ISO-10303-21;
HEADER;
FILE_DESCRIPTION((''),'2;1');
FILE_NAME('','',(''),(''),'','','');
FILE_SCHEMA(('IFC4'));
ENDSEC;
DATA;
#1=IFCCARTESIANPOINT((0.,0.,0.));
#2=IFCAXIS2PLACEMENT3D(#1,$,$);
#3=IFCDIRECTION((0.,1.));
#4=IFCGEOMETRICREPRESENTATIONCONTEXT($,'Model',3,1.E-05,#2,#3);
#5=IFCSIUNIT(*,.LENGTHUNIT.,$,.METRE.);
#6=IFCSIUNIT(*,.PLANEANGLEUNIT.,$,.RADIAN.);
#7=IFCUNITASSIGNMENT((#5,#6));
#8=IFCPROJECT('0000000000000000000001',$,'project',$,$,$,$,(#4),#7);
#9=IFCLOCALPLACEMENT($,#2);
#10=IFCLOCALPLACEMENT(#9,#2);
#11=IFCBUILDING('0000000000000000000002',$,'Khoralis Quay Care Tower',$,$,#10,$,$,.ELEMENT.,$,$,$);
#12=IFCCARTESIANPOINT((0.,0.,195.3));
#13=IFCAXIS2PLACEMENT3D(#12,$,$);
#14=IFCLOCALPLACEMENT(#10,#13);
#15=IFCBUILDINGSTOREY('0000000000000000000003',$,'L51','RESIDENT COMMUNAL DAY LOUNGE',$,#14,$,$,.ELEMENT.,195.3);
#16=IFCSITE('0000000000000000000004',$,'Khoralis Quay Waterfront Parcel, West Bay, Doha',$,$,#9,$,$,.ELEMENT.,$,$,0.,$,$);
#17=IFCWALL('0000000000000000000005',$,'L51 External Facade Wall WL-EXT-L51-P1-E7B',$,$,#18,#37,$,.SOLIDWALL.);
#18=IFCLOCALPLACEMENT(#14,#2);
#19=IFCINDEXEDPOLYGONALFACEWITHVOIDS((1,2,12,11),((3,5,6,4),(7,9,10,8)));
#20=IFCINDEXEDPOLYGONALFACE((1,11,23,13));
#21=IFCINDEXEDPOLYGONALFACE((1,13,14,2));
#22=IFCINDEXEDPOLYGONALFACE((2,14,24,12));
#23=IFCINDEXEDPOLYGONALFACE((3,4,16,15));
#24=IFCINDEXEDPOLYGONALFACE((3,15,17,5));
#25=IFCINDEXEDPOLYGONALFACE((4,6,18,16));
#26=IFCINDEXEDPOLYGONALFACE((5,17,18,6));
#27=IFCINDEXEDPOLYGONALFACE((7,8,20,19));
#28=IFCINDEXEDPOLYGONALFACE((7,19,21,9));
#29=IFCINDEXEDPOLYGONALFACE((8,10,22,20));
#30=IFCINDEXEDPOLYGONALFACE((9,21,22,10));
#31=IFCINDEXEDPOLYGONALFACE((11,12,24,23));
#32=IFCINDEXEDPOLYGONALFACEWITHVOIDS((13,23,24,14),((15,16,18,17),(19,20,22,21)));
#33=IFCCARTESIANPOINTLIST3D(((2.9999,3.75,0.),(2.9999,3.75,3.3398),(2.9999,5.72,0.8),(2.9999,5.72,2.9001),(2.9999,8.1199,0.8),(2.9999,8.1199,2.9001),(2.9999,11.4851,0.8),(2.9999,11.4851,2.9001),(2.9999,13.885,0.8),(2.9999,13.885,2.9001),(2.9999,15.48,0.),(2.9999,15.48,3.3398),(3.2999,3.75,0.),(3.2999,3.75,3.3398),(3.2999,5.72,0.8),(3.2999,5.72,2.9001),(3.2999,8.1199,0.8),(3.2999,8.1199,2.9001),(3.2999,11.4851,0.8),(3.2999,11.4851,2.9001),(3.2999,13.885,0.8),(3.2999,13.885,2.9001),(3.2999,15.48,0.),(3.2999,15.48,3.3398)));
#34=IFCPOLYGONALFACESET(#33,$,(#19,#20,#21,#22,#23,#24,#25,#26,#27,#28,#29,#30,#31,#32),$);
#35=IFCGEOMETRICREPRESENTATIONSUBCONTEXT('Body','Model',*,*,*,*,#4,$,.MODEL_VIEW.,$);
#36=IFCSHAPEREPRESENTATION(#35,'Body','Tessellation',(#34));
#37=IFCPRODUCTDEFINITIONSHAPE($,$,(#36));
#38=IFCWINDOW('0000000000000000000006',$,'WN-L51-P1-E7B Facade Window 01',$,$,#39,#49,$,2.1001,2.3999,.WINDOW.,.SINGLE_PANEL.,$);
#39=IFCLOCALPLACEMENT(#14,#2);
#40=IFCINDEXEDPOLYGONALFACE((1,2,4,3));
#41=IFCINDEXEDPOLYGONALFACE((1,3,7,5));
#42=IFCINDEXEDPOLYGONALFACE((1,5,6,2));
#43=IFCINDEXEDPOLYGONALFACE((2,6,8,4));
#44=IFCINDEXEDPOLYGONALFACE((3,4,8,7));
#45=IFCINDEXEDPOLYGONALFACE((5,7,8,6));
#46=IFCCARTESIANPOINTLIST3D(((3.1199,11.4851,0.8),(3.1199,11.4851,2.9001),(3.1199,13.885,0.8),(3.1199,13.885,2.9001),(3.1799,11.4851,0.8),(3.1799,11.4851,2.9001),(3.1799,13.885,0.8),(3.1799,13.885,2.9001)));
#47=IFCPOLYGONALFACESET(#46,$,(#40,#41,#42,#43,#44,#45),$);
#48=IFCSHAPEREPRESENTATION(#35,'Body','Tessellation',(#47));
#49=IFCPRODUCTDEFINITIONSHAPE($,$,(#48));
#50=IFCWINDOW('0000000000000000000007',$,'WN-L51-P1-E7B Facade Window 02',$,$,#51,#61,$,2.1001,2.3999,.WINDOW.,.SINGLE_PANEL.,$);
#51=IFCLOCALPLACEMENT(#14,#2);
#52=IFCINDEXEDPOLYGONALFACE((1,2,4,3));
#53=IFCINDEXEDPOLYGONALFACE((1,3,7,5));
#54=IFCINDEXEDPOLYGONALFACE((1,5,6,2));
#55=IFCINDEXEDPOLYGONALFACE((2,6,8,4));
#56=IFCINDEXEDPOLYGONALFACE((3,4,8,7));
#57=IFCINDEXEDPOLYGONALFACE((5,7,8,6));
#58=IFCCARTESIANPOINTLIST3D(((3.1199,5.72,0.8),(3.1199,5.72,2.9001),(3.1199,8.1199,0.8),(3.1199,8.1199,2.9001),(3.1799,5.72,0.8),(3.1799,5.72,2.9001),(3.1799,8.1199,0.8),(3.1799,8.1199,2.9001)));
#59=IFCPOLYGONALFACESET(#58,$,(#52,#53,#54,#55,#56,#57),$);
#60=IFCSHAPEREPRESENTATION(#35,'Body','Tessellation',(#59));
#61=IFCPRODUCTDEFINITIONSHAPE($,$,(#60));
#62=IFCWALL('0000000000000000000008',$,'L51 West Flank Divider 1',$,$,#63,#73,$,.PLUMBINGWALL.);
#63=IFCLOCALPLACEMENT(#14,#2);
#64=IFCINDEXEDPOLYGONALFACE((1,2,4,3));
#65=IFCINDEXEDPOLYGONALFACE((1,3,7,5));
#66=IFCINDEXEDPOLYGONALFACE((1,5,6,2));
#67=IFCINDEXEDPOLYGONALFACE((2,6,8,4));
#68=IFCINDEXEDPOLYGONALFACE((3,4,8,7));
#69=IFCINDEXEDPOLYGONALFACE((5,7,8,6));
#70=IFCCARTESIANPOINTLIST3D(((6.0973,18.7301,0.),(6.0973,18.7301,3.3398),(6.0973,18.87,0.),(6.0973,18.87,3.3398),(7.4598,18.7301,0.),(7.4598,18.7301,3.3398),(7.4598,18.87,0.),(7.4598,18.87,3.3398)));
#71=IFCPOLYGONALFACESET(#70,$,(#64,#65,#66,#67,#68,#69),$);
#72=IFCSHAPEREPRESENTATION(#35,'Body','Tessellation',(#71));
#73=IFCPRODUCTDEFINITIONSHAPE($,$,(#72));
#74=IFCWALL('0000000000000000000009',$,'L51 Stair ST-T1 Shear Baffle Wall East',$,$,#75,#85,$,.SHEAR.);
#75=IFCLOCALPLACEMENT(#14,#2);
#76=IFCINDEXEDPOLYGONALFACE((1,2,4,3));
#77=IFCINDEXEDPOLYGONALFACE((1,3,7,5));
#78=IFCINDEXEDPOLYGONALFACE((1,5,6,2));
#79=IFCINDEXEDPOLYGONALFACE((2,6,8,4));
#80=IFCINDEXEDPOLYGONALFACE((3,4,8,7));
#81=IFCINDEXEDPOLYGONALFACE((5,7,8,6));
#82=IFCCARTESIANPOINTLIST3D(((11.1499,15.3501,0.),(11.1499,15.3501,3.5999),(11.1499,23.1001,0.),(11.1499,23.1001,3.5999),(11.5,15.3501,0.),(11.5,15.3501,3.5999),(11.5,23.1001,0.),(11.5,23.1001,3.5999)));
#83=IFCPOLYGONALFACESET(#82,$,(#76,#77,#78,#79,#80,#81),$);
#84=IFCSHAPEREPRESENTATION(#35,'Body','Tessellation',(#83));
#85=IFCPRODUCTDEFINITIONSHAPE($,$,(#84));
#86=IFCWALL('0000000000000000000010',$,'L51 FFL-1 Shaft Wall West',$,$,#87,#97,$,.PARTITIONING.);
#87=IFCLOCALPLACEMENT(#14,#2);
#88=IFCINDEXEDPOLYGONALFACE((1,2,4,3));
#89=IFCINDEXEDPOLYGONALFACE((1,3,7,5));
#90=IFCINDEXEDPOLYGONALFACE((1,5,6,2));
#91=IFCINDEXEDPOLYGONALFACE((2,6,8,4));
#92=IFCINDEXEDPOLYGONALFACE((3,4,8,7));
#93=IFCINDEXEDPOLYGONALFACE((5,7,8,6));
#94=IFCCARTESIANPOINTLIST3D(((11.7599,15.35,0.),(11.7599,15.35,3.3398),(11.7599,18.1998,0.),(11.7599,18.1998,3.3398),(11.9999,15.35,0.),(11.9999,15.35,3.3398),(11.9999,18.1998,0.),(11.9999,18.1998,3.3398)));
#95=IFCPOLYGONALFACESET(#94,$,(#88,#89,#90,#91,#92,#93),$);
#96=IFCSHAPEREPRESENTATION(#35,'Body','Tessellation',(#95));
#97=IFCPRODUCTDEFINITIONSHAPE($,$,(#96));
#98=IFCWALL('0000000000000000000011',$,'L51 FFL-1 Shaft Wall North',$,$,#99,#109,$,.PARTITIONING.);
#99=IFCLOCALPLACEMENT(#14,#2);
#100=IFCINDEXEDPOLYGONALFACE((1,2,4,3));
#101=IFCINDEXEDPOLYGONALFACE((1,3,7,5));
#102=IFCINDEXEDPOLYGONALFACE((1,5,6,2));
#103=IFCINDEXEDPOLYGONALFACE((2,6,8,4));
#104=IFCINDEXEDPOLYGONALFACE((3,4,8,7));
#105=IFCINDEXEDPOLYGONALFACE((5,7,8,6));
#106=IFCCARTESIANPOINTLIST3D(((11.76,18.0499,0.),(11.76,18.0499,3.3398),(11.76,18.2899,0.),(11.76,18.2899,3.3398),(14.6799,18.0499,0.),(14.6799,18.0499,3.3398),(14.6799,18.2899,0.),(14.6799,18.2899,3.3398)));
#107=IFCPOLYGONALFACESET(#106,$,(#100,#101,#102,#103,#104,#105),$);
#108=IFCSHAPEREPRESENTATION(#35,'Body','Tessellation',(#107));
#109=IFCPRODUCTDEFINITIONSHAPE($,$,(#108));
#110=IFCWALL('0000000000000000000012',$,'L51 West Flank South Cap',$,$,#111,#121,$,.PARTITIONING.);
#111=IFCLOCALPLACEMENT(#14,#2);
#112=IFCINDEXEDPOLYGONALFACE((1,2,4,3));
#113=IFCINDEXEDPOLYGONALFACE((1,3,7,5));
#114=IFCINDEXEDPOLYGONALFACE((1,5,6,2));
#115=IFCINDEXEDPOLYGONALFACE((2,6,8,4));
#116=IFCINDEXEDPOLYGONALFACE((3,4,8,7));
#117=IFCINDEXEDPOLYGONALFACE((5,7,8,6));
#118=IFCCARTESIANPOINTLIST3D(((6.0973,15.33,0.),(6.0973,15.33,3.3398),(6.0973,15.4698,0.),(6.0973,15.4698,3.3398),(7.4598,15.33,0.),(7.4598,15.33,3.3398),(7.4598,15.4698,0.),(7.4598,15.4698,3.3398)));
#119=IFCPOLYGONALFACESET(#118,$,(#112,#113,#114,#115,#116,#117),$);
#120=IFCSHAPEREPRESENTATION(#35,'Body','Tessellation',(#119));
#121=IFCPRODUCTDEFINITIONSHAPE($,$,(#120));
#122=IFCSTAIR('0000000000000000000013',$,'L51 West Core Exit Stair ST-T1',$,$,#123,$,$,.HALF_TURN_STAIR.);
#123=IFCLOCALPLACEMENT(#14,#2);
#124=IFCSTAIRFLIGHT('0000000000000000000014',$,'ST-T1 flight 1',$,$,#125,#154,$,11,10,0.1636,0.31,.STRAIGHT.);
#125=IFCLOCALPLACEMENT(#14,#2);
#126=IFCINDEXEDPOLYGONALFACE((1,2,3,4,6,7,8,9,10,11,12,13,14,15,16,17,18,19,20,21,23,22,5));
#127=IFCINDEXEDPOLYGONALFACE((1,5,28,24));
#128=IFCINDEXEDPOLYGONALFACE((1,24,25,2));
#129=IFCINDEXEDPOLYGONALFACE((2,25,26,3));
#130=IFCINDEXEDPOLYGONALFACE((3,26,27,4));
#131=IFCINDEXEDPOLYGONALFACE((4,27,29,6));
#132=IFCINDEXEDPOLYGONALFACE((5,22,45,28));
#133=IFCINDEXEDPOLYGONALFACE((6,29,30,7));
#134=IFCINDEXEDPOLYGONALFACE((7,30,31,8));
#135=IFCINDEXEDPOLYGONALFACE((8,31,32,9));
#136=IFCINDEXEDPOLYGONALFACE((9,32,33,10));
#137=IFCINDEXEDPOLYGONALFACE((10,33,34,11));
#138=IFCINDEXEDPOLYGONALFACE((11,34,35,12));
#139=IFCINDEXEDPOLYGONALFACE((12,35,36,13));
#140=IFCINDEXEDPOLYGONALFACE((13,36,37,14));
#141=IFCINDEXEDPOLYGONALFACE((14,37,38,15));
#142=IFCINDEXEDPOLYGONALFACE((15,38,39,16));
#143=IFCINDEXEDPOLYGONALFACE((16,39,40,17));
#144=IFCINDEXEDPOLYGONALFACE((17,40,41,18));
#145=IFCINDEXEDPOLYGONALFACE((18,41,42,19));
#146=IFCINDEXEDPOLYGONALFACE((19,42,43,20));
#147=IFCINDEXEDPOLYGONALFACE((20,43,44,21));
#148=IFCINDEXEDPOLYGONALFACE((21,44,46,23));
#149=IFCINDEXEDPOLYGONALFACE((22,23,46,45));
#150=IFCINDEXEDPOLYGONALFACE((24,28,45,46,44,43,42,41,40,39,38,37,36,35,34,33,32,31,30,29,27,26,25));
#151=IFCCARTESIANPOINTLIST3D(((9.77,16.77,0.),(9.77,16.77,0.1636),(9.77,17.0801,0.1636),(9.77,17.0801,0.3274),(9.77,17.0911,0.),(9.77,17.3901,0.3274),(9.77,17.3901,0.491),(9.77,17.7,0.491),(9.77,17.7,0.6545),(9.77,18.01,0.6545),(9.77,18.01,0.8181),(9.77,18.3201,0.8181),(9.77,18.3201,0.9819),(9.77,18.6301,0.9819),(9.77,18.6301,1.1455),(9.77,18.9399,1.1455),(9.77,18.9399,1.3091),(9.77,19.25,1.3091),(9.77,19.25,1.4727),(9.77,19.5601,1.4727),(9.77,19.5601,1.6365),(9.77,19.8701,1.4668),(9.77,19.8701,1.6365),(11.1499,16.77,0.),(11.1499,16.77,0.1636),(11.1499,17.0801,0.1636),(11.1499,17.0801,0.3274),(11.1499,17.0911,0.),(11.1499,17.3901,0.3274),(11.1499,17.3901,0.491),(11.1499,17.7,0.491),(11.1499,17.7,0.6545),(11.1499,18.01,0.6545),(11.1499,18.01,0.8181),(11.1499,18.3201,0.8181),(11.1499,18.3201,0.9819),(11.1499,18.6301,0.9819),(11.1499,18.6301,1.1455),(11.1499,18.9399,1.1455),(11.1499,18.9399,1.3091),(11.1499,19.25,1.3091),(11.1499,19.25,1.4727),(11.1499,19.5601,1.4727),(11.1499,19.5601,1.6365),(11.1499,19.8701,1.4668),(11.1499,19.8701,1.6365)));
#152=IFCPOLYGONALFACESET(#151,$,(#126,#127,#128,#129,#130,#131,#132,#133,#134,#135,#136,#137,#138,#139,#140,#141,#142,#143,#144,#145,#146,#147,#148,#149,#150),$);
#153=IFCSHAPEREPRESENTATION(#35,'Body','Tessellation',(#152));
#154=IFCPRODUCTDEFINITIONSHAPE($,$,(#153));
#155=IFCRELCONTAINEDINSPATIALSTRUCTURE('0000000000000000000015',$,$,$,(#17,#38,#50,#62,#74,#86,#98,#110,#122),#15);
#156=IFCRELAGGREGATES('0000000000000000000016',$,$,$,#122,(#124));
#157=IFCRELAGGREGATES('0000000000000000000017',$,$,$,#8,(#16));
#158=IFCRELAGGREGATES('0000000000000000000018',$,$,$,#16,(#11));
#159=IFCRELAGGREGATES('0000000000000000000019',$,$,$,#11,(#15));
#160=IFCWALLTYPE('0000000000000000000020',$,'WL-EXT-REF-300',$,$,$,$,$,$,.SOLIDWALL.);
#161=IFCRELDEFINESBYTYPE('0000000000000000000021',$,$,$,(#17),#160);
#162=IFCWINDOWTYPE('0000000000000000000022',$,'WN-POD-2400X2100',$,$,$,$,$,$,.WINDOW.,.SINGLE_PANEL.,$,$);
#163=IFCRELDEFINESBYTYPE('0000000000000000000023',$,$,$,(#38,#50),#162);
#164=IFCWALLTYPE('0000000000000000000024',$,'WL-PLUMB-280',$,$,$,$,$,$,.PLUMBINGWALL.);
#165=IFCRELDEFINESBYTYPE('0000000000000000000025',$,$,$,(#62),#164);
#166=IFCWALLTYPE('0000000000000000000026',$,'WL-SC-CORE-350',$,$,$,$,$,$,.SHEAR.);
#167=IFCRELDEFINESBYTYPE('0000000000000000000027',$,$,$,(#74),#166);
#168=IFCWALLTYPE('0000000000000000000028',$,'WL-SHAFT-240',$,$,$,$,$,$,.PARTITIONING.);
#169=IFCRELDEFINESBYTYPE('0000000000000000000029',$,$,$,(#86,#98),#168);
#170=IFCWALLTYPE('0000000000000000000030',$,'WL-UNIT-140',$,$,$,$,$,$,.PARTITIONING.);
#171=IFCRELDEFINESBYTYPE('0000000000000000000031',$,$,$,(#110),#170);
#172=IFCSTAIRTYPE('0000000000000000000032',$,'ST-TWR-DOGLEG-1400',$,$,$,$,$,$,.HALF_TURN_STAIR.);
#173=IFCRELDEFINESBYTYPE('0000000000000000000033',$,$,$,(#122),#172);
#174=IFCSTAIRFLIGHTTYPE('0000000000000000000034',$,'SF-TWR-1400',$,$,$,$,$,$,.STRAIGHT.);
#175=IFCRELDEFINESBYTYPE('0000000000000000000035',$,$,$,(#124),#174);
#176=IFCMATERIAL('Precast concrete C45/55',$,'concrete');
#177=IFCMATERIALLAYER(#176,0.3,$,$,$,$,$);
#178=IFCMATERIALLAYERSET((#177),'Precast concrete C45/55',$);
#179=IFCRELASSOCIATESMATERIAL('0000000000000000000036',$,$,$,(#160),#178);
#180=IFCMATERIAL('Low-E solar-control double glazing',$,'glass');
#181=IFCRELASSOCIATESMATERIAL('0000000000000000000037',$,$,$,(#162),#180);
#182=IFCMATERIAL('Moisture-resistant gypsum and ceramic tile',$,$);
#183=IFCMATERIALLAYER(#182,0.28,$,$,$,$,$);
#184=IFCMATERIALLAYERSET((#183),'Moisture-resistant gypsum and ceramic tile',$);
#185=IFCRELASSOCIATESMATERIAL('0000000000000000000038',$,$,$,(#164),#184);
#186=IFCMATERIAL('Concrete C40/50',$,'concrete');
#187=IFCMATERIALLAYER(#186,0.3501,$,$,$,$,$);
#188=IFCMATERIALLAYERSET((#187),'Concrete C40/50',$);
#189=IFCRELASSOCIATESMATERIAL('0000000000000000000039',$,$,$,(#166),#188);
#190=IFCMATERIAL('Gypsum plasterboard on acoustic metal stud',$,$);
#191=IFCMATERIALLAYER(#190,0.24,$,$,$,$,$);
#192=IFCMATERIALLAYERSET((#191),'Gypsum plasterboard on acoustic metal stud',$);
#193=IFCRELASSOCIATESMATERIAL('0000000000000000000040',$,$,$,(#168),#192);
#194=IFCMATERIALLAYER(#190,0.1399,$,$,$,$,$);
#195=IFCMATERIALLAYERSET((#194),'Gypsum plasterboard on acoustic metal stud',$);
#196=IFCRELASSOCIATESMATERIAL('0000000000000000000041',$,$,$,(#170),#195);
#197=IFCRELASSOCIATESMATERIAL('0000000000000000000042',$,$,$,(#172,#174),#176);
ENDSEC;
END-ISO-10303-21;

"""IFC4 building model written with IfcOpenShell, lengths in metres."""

from ifc_helpers import new_model, si_unit, direction, frame, frame_2d, origin, place, context, subcontext, project, spatial, polyline, rectangle, outline, extrude, source, transform, mapped, material, layer, layer_set, type_object, element, fill, aggregate, save


model = new_model("IFC4")

# Units and contexts
model_context = context("Model", 3, precision=1e-05, world=origin(), true_north=direction((0.0, 1.0)))
body_context = subcontext(model_context, "Body", "Model", "MODEL_VIEW")
ifc_project = project(units=[si_unit("LENGTHUNIT", "METRE"), si_unit("PLANEANGLEUNIT", "RADIAN")], contexts=[model_context])

# Site, building, storey
site_placement = place(None, origin())
site = spatial("IfcSite", under=ifc_project, at=site_placement, Name="Khoralis Quay Waterfront Parcel, West Bay, Doha", CompositionType="ELEMENT", RefElevation=0.0)
building_placement = place(site_placement, origin())
building = spatial("IfcBuilding", under=site, at=building_placement, Name="Khoralis Quay Care Tower", CompositionType="ELEMENT")
storey_placement = place(building_placement, frame((0.0, 0.0, 195.3)))
storey = spatial("IfcBuildingStorey", under=building, at=storey_placement, Name="L51", Description="RESIDENT COMMUNAL DAY LOUNGE", CompositionType="ELEMENT", Elevation=195.3)

# Shared definitions
ifc_material_1 = material(Name="Low-E solar-control double glazing", Category="glass")

# Shared definitions
ifc_material_2 = material(Name="Gypsum plasterboard on acoustic metal stud")

# Wall, openings, windows
ifc_material_3 = material(Name="Precast concrete C45/55", Category="concrete")
ifc_layer_1 = layer(ifc_material_3, 0.3)
ifc_layer_set_1 = layer_set([ifc_layer_1], Name="Precast concrete C45/55")
wall_type_1 = type_object("IfcWallType", Name="WL-EXT-REF-300", PredefinedType="SOLIDWALL", material=ifc_layer_set_1)
wall_1_placement = place(storey_placement, frame((3.1499, 15.48, 0.0), z_axis=(0.0, 0.0, 1.0), x_axis=(0.0, -1.0, 0.0)))
wall_1 = element("IfcWall", 1, at=wall_1_placement, inside=storey, type_object=wall_type_1, Name="L51 External Facade Wall WL-EXT-L51-P1-E7B", PredefinedType="SOLIDWALL", context=body_context, shape_type="SweptSolid", body=[
    extrude(rectangle(XDim=11.73, YDim=0.3, at=frame_2d((5.865, 0.0))), origin(), (0.0, 0.0, 1.0), 3.3398),
])
opening_1_placement = place(wall_1_placement, frame((1.595, 0.0, 0.8)))
opening_1 = element("IfcOpeningElement", 2, at=opening_1_placement, cuts=wall_1, PredefinedType="OPENING", context=body_context, shape_type="SweptSolid", body=[
    extrude(rectangle(XDim=2.3999, YDim=2.1001, at=frame_2d((1.2, 1.05))), frame((0.0, 0.1602, 0.0), z_axis=(0.0, -1.0, 0.0), x_axis=(1.0, 0.0, 0.0)), (0.0, 0.0, 1.0), 0.3201),
])
opening_2_placement = place(wall_1_placement, frame((7.3601, 0.0, 0.8)))
opening_2 = element("IfcOpeningElement", 3, at=opening_2_placement, cuts=wall_1, PredefinedType="OPENING", context=body_context, shape_type="SweptSolid", body=[
    extrude(rectangle(XDim=2.3999, YDim=2.1001, at=frame_2d((1.2, 1.05))), frame((0.0, 0.1602, 0.0), z_axis=(0.0, -1.0, 0.0), x_axis=(1.0, 0.0, 0.0)), (0.0, 0.0, 1.0), 0.3201),
])
window_type = type_object("IfcWindowType", Name="WN-POD-2400X2100", PartitioningType="SINGLE_PANEL", PredefinedType="WINDOW", material=ifc_material_1)
shared_shape_1 = source(origin(), body_context, "Body", "SweptSolid", [
    extrude(rectangle(XDim=2.3999, YDim=2.1001, at=frame_2d((1.2, 1.05))), frame((0.0, 0.03, 0.0), z_axis=(0.0, -1.0, 0.0), x_axis=(1.0, 0.0, 0.0)), (0.0, 0.0, 1.0), 0.0601),
])
window_1_placement = place(opening_1_placement, origin())
window_1 = element("IfcWindow", 4, at=window_1_placement, inside=storey, type_object=window_type, Name="WN-L51-P1-E7B Facade Window 01", OverallHeight=2.1001, OverallWidth=2.3999, PartitioningType="SINGLE_PANEL", PredefinedType="WINDOW", context=body_context, shape_type="MappedRepresentation", body=[
    mapped(shared_shape_1, transform((0.0, 0.0, 0.0), scale=1.0)),
])
fill(opening_1, window_1)
window_2_placement = place(opening_2_placement, origin())
window_2 = element("IfcWindow", 5, at=window_2_placement, inside=storey, type_object=window_type, Name="WN-L51-P1-E7B Facade Window 02", OverallHeight=2.1001, OverallWidth=2.3999, PartitioningType="SINGLE_PANEL", PredefinedType="WINDOW", context=body_context, shape_type="MappedRepresentation", body=[
    mapped(shared_shape_1, transform((0.0, 0.0, 0.0), scale=1.0)),
])
fill(opening_2, window_2)

# Walls
ifc_material_4 = material(Name="Moisture-resistant gypsum and ceramic tile")
ifc_layer_2 = layer(ifc_material_4, 0.28)
ifc_layer_set_2 = layer_set([ifc_layer_2], Name="Moisture-resistant gypsum and ceramic tile")
wall_type_2 = type_object("IfcWallType", Name="WL-PLUMB-280", PredefinedType="PLUMBINGWALL", material=ifc_layer_set_2)
wall_2_placement = place(storey_placement, frame((6.0974, 18.8, 0.0), z_axis=(0.0, 0.0, 1.0), x_axis=(1.0, 0.0, 0.0)))
element("IfcWall", 6, at=wall_2_placement, inside=storey, type_object=wall_type_2, Name="L51 West Flank Divider 1", PredefinedType="PLUMBINGWALL", context=body_context, shape_type="SweptSolid", body=[
    extrude(rectangle(XDim=1.3625, YDim=0.1399, at=frame_2d((0.6812, 0.0))), origin(), (0.0, 0.0, 1.0), 3.3398),
])
ifc_material_5 = material(Name="Concrete C40/50", Category="concrete")
ifc_layer_3 = layer(ifc_material_5, 0.3501)
ifc_layer_set_3 = layer_set([ifc_layer_3], Name="Concrete C40/50")
wall_type_3 = type_object("IfcWallType", Name="WL-SC-CORE-350", PredefinedType="SHEAR", material=ifc_layer_set_3)
wall_3_placement = place(storey_placement, frame((11.325, 15.3501, 0.0), z_axis=(0.0, 0.0, 1.0), x_axis=(0.0, 1.0, 0.0)))
element("IfcWall", 7, at=wall_3_placement, inside=storey, type_object=wall_type_3, Name="L51 Stair ST-T1 Shear Baffle Wall East", PredefinedType="SHEAR", context=body_context, shape_type="SweptSolid", body=[
    extrude(rectangle(XDim=7.75, YDim=0.3501, at=frame_2d((3.875, 0.0))), origin(), (0.0, 0.0, 1.0), 3.5999),
])
ifc_layer_4 = layer(ifc_material_2, 0.24)
ifc_layer_set_4 = layer_set([ifc_layer_4], Name="Gypsum plasterboard on acoustic metal stud")
wall_type_4 = type_object("IfcWallType", Name="WL-SHAFT-240", PredefinedType="PARTITIONING", material=ifc_layer_set_4)
wall_4_placement = place(storey_placement, frame((11.8799, 15.3501, 0.0), z_axis=(0.0, 0.0, 1.0), x_axis=(0.0, 1.0, 0.0)))
element("IfcWall", 8, at=wall_4_placement, inside=storey, type_object=wall_type_4, Name="L51 FFL-1 Shaft Wall West", PredefinedType="PARTITIONING", context=body_context, shape_type="SweptSolid", body=[
    extrude(rectangle(XDim=2.8499, YDim=0.24, at=frame_2d((1.4248, 0.0))), origin(), (0.0, 0.0, 1.0), 3.3398),
])
wall_5_placement = place(storey_placement, frame((11.76, 18.1699, 0.0), z_axis=(0.0, 0.0, 1.0), x_axis=(1.0, 0.0, 0.0)))
element("IfcWall", 9, at=wall_5_placement, inside=storey, type_object=wall_type_4, Name="L51 FFL-1 Shaft Wall North", PredefinedType="PARTITIONING", context=body_context, shape_type="SweptSolid", body=[
    extrude(rectangle(XDim=2.9199, YDim=0.24, at=frame_2d((1.46, 0.0))), origin(), (0.0, 0.0, 1.0), 3.3398),
])
ifc_layer_5 = layer(ifc_material_2, 0.1399)
ifc_layer_set_5 = layer_set([ifc_layer_5], Name="Gypsum plasterboard on acoustic metal stud")
wall_type_5 = type_object("IfcWallType", Name="WL-UNIT-140", PredefinedType="PARTITIONING", material=ifc_layer_set_5)
wall_6_placement = place(storey_placement, frame((6.0974, 15.3999, 0.0), z_axis=(0.0, 0.0, 1.0), x_axis=(1.0, 0.0, 0.0)))
element("IfcWall", 10, at=wall_6_placement, inside=storey, type_object=wall_type_5, Name="L51 West Flank South Cap", PredefinedType="PARTITIONING", context=body_context, shape_type="SweptSolid", body=[
    extrude(rectangle(XDim=1.3625, YDim=0.1399, at=frame_2d((0.6812, 0.0))), origin(), (0.0, 0.0, 1.0), 3.3398),
])

# Stair, stair flight
stair_type = type_object("IfcStairType", Name="ST-TWR-DOGLEG-1400", PredefinedType="HALF_TURN_STAIR", material=ifc_material_3)
stair_placement = place(storey_placement, origin())
stair = element("IfcStair", 11, at=stair_placement, inside=storey, type_object=stair_type, Name="L51 West Core Exit Stair ST-T1", PredefinedType="HALF_TURN_STAIR")
stair_flight_type = type_object("IfcStairFlightType", Name="SF-TWR-1400", PredefinedType="STRAIGHT", material=ifc_material_3)
shared_shape_2 = source(origin(), body_context, "Body", "SweptSolid", [
    extrude(outline(polyline([(0.0, 0.0), (0.0, 0.1636), (0.3101, 0.1636), (0.3101, 0.3274), (0.6201, 0.3274), (0.6201, 0.491), (0.9299, 0.491), (0.9299, 0.6545), (1.24, 0.6545), (1.24, 0.8181), (1.55, 0.8181), (1.55, 0.9819), (1.8601, 0.9819), (1.8601, 1.1455), (2.1699, 1.1455), (2.1699, 1.3091), (2.48, 1.3091), (2.48, 1.4727), (2.79, 1.4727), (2.79, 1.6365), (3.1001, 1.6365), (3.1001, 1.8), (3.1001, 1.4668), (0.321, 0.0), (0.0, 0.0)])), frame((0.0, 0.6899, 0.0), z_axis=(0.0, -1.0, 0.0), x_axis=(1.0, 0.0, 0.0)), (0.0, 0.0, 1.0), 1.3799),
])
stair_flight_placement = place(storey_placement, frame((10.46, 16.77, 0.0), z_axis=(0.0, 0.0, 1.0), x_axis=(0.0, 1.0, 0.0)))
stair_flight = element("IfcStairFlight", 12, at=stair_flight_placement, type_object=stair_flight_type, Name="ST-T1 flight 1", NumberOfRisers=11, NumberOfTreads=10, PredefinedType="STRAIGHT", RiserHeight=0.1636, TreadLength=0.31, context=body_context, shape_type="MappedRepresentation", body=[
    mapped(shared_shape_2, transform((0.0, 0.0, 0.0), scale=1.0)),
])
aggregate(stair, [stair_flight])

save(model, "model.ifc")
